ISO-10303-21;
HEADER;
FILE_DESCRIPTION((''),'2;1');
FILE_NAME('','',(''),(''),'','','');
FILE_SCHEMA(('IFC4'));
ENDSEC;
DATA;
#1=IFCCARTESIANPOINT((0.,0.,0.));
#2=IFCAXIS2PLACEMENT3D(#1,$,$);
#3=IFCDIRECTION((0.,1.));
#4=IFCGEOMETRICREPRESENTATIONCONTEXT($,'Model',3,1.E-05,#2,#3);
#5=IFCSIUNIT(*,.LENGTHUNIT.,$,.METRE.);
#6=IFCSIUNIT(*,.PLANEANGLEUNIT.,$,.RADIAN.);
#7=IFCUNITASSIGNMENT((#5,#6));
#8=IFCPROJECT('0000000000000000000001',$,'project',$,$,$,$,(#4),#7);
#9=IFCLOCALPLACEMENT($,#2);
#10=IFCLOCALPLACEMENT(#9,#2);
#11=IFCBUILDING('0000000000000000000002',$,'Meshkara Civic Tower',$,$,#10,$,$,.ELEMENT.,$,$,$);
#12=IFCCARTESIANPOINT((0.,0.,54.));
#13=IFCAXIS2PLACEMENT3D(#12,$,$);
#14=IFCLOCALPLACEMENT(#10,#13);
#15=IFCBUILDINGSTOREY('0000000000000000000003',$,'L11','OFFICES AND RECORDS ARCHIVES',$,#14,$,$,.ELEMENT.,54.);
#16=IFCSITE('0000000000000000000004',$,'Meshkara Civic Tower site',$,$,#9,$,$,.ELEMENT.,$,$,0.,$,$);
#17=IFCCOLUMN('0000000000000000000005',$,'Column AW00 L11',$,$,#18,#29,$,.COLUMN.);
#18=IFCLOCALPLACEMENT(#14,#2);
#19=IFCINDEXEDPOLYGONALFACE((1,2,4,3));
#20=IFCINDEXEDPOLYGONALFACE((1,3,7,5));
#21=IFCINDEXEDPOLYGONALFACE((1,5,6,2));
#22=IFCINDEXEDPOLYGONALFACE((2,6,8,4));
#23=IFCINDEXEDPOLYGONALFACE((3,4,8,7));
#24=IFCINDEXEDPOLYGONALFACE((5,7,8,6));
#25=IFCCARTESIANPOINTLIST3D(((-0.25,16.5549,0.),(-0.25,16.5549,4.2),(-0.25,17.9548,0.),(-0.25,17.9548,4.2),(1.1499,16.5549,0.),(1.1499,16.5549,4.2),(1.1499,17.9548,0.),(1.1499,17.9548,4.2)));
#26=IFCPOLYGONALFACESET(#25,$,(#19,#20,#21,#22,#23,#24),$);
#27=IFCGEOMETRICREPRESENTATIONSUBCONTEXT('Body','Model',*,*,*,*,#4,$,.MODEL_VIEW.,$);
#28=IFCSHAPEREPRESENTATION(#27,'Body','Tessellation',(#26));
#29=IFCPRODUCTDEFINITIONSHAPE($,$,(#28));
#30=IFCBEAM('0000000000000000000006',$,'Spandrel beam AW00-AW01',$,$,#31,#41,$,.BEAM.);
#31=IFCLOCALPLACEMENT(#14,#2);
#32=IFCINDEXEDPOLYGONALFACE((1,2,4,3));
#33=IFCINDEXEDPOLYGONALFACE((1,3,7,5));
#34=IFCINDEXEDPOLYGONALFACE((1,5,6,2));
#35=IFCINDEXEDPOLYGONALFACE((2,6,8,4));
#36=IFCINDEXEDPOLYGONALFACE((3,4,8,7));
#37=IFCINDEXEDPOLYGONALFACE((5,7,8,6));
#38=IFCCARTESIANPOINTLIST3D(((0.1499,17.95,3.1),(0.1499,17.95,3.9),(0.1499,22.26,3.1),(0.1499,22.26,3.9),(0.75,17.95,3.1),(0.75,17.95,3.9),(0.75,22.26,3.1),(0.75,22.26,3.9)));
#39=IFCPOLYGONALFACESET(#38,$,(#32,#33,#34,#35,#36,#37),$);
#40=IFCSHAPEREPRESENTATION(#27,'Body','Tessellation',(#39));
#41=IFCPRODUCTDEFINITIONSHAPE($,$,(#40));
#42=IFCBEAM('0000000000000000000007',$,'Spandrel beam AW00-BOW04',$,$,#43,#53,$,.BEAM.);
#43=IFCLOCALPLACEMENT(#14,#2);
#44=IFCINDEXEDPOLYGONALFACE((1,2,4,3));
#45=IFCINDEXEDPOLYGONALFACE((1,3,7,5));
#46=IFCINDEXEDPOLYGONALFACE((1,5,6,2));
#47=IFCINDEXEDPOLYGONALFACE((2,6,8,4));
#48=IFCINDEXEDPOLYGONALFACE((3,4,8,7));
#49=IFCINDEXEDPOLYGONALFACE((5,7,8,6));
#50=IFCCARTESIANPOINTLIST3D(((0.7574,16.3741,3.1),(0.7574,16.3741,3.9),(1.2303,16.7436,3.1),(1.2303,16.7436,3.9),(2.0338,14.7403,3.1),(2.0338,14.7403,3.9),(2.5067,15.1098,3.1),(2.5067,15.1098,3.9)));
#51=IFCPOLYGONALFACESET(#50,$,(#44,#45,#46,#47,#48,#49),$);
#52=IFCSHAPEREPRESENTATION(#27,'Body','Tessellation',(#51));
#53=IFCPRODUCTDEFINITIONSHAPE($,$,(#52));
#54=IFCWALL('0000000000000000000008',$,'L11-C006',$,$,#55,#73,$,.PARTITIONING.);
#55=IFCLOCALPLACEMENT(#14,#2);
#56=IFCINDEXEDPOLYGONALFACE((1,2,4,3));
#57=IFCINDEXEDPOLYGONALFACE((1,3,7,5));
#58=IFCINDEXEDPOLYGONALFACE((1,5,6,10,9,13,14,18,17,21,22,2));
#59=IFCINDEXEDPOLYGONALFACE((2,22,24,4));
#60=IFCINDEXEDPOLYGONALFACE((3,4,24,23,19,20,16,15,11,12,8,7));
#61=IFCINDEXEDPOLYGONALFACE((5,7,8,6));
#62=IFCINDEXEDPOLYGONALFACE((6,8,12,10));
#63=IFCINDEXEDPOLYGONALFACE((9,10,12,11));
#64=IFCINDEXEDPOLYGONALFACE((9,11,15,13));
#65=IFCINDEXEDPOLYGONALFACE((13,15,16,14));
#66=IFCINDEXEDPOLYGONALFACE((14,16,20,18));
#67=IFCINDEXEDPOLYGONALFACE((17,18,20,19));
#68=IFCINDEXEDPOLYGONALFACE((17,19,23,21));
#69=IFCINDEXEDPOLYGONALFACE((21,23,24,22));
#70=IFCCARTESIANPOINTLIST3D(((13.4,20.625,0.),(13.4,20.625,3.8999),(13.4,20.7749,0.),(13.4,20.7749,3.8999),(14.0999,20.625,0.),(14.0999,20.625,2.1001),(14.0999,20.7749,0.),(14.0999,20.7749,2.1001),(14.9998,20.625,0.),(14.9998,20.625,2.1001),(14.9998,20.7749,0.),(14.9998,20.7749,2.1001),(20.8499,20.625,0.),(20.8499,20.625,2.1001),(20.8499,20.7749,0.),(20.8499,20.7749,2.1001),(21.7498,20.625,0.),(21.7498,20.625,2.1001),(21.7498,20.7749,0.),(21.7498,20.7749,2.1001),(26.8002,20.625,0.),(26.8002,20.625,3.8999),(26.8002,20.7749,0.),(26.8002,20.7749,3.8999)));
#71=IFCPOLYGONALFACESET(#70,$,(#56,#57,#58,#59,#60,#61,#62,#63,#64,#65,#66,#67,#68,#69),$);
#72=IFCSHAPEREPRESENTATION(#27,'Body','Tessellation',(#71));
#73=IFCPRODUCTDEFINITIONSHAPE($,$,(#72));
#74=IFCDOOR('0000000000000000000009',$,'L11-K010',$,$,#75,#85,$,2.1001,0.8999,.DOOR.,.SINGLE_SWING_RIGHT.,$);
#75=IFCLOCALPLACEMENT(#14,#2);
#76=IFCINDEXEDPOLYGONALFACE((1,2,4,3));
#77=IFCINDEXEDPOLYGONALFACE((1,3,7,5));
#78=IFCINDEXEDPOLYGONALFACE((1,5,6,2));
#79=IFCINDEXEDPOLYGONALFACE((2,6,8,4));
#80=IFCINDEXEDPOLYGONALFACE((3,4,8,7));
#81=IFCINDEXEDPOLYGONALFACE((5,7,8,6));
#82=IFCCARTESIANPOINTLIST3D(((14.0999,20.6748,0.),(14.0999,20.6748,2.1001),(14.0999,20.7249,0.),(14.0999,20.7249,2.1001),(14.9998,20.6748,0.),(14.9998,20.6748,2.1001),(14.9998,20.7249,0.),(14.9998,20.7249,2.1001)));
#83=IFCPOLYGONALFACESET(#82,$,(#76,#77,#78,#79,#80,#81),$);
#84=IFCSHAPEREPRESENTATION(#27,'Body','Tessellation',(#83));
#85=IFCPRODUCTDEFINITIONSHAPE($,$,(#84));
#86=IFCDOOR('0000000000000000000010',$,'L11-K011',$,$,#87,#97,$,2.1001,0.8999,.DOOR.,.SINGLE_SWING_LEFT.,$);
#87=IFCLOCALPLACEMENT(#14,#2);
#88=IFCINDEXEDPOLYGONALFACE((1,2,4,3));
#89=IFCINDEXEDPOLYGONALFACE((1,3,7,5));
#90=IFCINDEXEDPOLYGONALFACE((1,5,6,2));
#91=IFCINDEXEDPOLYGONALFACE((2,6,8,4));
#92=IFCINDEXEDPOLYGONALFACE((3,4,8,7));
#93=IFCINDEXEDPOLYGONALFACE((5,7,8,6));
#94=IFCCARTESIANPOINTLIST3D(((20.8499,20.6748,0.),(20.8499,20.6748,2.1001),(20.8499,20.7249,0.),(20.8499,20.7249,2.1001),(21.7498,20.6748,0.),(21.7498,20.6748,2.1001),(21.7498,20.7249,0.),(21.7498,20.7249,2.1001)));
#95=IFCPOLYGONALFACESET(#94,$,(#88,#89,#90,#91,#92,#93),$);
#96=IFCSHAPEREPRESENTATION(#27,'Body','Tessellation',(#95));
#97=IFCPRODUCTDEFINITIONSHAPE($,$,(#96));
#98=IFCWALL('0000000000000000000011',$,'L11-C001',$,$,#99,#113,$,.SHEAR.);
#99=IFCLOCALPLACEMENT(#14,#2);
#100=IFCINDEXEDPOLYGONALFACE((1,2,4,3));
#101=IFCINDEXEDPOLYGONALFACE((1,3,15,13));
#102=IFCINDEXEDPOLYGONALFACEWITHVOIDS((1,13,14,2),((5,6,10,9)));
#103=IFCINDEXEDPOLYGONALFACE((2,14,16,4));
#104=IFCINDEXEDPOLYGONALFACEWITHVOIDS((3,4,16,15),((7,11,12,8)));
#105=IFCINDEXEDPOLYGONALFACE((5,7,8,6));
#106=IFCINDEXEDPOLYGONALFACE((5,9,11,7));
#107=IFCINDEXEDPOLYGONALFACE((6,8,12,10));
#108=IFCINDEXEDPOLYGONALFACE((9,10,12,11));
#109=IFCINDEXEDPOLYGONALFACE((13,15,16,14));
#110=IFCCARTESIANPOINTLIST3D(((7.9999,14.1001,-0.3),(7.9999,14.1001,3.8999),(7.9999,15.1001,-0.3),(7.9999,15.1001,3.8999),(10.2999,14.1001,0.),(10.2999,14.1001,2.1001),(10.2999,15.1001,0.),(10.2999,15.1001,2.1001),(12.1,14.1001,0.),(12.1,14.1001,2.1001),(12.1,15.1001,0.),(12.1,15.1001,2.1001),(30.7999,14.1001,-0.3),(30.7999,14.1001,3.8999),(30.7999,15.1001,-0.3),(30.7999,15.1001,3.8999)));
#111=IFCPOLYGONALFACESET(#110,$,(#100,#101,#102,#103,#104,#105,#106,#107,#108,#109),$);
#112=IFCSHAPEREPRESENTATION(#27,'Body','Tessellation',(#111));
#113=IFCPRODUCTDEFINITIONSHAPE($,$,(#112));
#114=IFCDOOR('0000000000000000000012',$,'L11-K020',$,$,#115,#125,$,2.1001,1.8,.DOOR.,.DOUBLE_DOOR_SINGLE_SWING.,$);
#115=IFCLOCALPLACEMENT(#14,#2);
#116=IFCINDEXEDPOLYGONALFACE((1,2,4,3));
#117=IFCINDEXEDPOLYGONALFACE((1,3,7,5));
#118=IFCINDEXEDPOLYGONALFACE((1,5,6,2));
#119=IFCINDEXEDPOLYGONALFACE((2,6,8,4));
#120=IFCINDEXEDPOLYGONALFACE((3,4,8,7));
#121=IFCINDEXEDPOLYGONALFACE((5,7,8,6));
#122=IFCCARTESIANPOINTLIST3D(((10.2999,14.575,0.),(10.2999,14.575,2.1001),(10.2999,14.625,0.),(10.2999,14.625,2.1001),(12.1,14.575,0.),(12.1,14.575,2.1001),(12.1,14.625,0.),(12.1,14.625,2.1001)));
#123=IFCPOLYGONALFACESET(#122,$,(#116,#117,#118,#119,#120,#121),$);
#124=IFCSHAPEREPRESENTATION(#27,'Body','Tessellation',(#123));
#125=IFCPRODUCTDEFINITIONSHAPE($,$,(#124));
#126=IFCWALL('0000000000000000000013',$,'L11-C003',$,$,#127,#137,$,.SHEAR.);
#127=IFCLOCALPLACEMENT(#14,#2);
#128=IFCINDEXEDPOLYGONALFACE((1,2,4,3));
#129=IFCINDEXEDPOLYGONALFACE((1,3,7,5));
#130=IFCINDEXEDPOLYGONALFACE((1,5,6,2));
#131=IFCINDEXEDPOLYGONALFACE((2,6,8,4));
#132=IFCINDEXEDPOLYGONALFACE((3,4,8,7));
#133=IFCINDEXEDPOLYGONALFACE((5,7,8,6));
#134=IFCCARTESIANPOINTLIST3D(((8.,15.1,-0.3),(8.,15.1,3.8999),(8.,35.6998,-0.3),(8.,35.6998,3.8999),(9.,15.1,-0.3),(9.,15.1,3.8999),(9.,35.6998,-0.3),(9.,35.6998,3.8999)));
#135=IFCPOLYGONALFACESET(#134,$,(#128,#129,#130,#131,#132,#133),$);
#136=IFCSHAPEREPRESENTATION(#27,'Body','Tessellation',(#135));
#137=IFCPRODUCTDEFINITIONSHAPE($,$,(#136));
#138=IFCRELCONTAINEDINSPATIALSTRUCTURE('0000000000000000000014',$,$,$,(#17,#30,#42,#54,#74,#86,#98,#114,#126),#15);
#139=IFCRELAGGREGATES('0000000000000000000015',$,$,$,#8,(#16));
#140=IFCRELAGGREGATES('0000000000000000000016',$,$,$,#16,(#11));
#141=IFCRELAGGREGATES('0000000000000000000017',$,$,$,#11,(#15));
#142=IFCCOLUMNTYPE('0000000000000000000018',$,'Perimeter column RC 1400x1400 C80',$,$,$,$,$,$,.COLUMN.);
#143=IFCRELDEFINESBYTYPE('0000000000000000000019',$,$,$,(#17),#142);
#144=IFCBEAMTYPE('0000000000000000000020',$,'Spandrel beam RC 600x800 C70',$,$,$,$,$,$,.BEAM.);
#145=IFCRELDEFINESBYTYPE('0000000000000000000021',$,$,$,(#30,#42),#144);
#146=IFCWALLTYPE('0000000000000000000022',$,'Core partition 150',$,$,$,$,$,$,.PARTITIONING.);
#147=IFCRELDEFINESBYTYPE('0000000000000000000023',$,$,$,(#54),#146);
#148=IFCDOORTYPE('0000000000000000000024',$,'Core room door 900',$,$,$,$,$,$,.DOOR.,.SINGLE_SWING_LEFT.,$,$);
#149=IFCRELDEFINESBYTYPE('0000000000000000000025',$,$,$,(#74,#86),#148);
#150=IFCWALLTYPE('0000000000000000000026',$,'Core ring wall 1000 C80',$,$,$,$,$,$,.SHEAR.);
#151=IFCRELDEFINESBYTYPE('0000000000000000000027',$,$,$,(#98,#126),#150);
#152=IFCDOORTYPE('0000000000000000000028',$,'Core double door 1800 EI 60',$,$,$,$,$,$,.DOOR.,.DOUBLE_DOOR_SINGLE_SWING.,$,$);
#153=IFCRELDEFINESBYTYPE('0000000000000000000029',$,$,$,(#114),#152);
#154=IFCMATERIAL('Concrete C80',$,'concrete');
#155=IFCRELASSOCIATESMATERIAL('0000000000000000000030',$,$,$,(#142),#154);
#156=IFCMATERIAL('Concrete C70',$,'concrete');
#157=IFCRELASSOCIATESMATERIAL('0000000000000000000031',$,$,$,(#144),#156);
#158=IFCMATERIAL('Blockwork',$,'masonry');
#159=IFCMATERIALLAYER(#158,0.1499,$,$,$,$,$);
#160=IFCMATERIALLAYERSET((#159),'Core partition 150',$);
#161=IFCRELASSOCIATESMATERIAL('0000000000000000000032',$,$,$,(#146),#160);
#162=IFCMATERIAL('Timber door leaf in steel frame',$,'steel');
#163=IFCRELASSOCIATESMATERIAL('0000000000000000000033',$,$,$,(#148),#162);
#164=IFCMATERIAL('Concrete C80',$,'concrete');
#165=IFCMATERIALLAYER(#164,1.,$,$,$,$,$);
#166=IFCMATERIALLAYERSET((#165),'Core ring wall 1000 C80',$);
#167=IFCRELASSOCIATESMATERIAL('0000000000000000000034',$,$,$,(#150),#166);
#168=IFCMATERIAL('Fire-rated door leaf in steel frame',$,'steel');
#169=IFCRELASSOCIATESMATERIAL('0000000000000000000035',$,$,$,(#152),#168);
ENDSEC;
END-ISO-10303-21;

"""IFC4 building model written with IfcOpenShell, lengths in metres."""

from ifc_helpers import new_model, si_unit, direction, frame, frame_2d, origin, origin_2d, place, context, subcontext, project, spatial, rectangle, extrude, material, layer, layer_set, material_profile, profile_set, type_object, element, fill, save


model = new_model("IFC4")

# Units and contexts
model_context = context("Model", 3, precision=1e-05, world=origin(), true_north=direction((0.0, 1.0)))
body_context = subcontext(model_context, "Body", "Model", "MODEL_VIEW")
ifc_project = project(units=[si_unit("LENGTHUNIT", "METRE"), si_unit("PLANEANGLEUNIT", "RADIAN")], contexts=[model_context])

# Site, building, storey
site_placement = place(None, origin())
site = spatial("IfcSite", under=ifc_project, at=site_placement, Name="Meshkara Civic Tower site", CompositionType="ELEMENT", RefElevation=0.0)
building_placement = place(site_placement, origin())
building = spatial("IfcBuilding", under=site, at=building_placement, Name="Meshkara Civic Tower", CompositionType="ELEMENT")
storey_placement = place(building_placement, frame((0.0, 0.0, 54.0)))
storey = spatial("IfcBuildingStorey", under=building, at=storey_placement, Name="L11", Description="OFFICES AND RECORDS ARCHIVES", CompositionType="ELEMENT", Elevation=54.0)

# Column
ifc_material_1 = material(Name="Concrete C80", Category="concrete")
ifc_material_profile_1 = material_profile(ifc_material_1, rectangle(XDim=1.3999, YDim=1.3999, at=origin_2d()))
ifc_profile_set_1 = profile_set([ifc_material_profile_1], Name="Concrete C80")
column_type = type_object("IfcColumnType", Name="Perimeter column RC 1400x1400 C80", PredefinedType="COLUMN", material=ifc_profile_set_1)
column_placement = place(storey_placement, frame((0.45, 17.2549, 0.0), z_axis=(0.0, 0.0, 1.0), x_axis=(1.0, 0.0, 0.0)))
element("IfcColumn", 1, at=column_placement, inside=storey, type_object=column_type, Name="Column AW00 L11", PredefinedType="COLUMN", context=body_context, shape_type="SweptSolid", body=[
    extrude(rectangle(XDim=1.3999, YDim=1.3999, at=origin_2d()), origin(), (0.0, 0.0, 1.0), 4.2),
])

# Beams
ifc_material_2 = material(Name="Concrete C70", Category="concrete")
ifc_material_profile_2 = material_profile(ifc_material_2, rectangle(XDim=0.6001, YDim=0.8, at=origin_2d()))
ifc_profile_set_2 = profile_set([ifc_material_profile_2], Name="Concrete C70")
beam_type = type_object("IfcBeamType", Name="Spandrel beam RC 600x800 C70", PredefinedType="BEAM", material=ifc_profile_set_2)
beam_1_placement = place(storey_placement, frame((0.45, 22.26, 3.5), z_axis=(0.0, -1.0, 0.0), x_axis=(1.0, 0.0, 0.0)))
element("IfcBeam", 2, at=beam_1_placement, inside=storey, type_object=beam_type, Name="Spandrel beam AW00-AW01", PredefinedType="BEAM", context=body_context, shape_type="SweptSolid", body=[
    extrude(rectangle(XDim=0.6001, YDim=0.8, at=origin_2d()), origin(), (0.0, 0.0, 1.0), 4.3101),
])
beam_2_placement = place(storey_placement, frame((0.9939, 16.5588, 3.5), z_axis=(0.615635, -0.788032, 0.0), x_axis=(0.788032, 0.615635, 0.0)))
element("IfcBeam", 3, at=beam_2_placement, inside=storey, type_object=beam_type, Name="Spandrel beam AW00-BOW04", PredefinedType="BEAM", context=body_context, shape_type="SweptSolid", body=[
    extrude(rectangle(XDim=0.6001, YDim=0.8, at=origin_2d()), origin(), (0.0, 0.0, 1.0), 2.0732),
])

# Wall, openings, doors
ifc_material_3 = material(Name="Blockwork", Category="masonry")
ifc_layer_1 = layer(ifc_material_3, 0.1499)
ifc_layer_set_1 = layer_set([ifc_layer_1], Name="Core partition 150")
wall_type_1 = type_object("IfcWallType", Name="Core partition 150", PredefinedType="PARTITIONING", material=ifc_layer_set_1)
wall_1_placement = place(storey_placement, frame((13.3999, 20.7, 0.0), z_axis=(0.0, 0.0, 1.0), x_axis=(1.0, 0.0, 0.0)))
wall_1 = element("IfcWall", 4, at=wall_1_placement, inside=storey, type_object=wall_type_1, Name="L11-C006", PredefinedType="PARTITIONING", context=body_context, shape_type="SweptSolid", body=[
    extrude(rectangle(XDim=13.4001, YDim=0.1499, at=frame_2d((6.7002, 0.0))), origin(), (0.0, 0.0, 1.0), 3.8999),
])
opening_1_placement = place(wall_1_placement, frame((0.7, 0.0, 0.0)))
opening_1 = element("IfcOpeningElement", 5, at=opening_1_placement, cuts=wall_1, PredefinedType="OPENING", context=body_context, shape_type="SweptSolid", body=[
    extrude(rectangle(XDim=0.8999, YDim=2.1001, at=frame_2d((0.45, 1.05))), frame((0.0, 0.085, 0.0), z_axis=(0.0, -1.0, 0.0), x_axis=(1.0, 0.0, 0.0)), (0.0, 0.0, 1.0), 0.1699),
])
opening_2_placement = place(wall_1_placement, frame((7.45, 0.0, 0.0)))
opening_2 = element("IfcOpeningElement", 6, at=opening_2_placement, cuts=wall_1, PredefinedType="OPENING", context=body_context, shape_type="SweptSolid", body=[
    extrude(rectangle(XDim=0.8999, YDim=2.1001, at=frame_2d((0.45, 1.05))), frame((0.0, 0.085, 0.0), z_axis=(0.0, -1.0, 0.0), x_axis=(1.0, 0.0, 0.0)), (0.0, 0.0, 1.0), 0.1699),
])
ifc_material_4 = material(Name="Timber door leaf in steel frame", Category="steel")
door_type_1 = type_object("IfcDoorType", Name="Core room door 900", OperationType="SINGLE_SWING_LEFT", PredefinedType="DOOR", material=ifc_material_4)
door_1_placement = place(opening_1_placement, origin())
door_1 = element("IfcDoor", 7, at=door_1_placement, inside=storey, type_object=door_type_1, Name="L11-K010", OperationType="SINGLE_SWING_RIGHT", OverallHeight=2.1001, OverallWidth=0.8999, PredefinedType="DOOR", context=body_context, shape_type="SweptSolid", body=[
    extrude(rectangle(XDim=0.8999, YDim=2.1001, at=frame_2d((0.45, 1.05))), frame((0.0, 0.0249, 0.0), z_axis=(0.0, -1.0, 0.0), x_axis=(1.0, 0.0, 0.0)), (0.0, 0.0, 1.0), 0.05),
])
fill(opening_1, door_1)
door_2_placement = place(opening_2_placement, origin())
door_2 = element("IfcDoor", 8, at=door_2_placement, inside=storey, type_object=door_type_1, Name="L11-K011", OperationType="SINGLE_SWING_LEFT", OverallHeight=2.1001, OverallWidth=0.8999, PredefinedType="DOOR", context=body_context, shape_type="SweptSolid", body=[
    extrude(rectangle(XDim=0.8999, YDim=2.1001, at=frame_2d((0.45, 1.05))), frame((0.0, 0.0249, 0.0), z_axis=(0.0, -1.0, 0.0), x_axis=(1.0, 0.0, 0.0)), (0.0, 0.0, 1.0), 0.05),
])
fill(opening_2, door_2)

# Wall, opening, door
ifc_material_5 = material(Name="Concrete C80", Category="concrete")
ifc_layer_2 = layer(ifc_material_5, 1.0)
ifc_layer_set_2 = layer_set([ifc_layer_2], Name="Core ring wall 1000 C80")
wall_type_2 = type_object("IfcWallType", Name="Core ring wall 1000 C80", PredefinedType="SHEAR", material=ifc_layer_set_2)
wall_2_placement = place(storey_placement, frame((8.0, 14.6001, -0.3), z_axis=(0.0, 0.0, 1.0), x_axis=(1.0, 0.0, 0.0)))
wall_2 = element("IfcWall", 9, at=wall_2_placement, inside=storey, type_object=wall_type_2, Name="L11-C001", PredefinedType="SHEAR", context=body_context, shape_type="SweptSolid", body=[
    extrude(rectangle(XDim=22.8, YDim=1.0, at=frame_2d((11.3999, 0.0))), origin(), (0.0, 0.0, 1.0), 4.2),
])
opening_3_placement = place(wall_2_placement, frame((2.3, 0.0, 0.3)))
opening_3 = element("IfcOpeningElement", 10, at=opening_3_placement, cuts=wall_2, PredefinedType="OPENING", context=body_context, shape_type="SweptSolid", body=[
    extrude(rectangle(XDim=1.8, YDim=2.1001, at=frame_2d((0.8999, 1.05))), frame((0.0, 0.51, 0.0), z_axis=(0.0, -1.0, 0.0), x_axis=(1.0, 0.0, 0.0)), (0.0, 0.0, 1.0), 1.02),
])
ifc_material_6 = material(Name="Fire-rated door leaf in steel frame", Category="steel")
door_type_2 = type_object("IfcDoorType", Name="Core double door 1800 EI 60", OperationType="DOUBLE_DOOR_SINGLE_SWING", PredefinedType="DOOR", material=ifc_material_6)
door_3_placement = place(opening_3_placement, origin())
door_3 = element("IfcDoor", 11, at=door_3_placement, inside=storey, type_object=door_type_2, Name="L11-K020", OperationType="DOUBLE_DOOR_SINGLE_SWING", OverallHeight=2.1001, OverallWidth=1.8, PredefinedType="DOOR", context=body_context, shape_type="SweptSolid", body=[
    extrude(rectangle(XDim=1.8, YDim=2.1001, at=frame_2d((0.8999, 1.05))), frame((0.0, 0.0249, 0.0), z_axis=(0.0, -1.0, 0.0), x_axis=(1.0, 0.0, 0.0)), (0.0, 0.0, 1.0), 0.05),
])
fill(opening_3, door_3)

# Wall
wall_3_placement = place(storey_placement, frame((8.5, 15.1001, -0.3), z_axis=(0.0, 0.0, 1.0), x_axis=(0.0, 1.0, 0.0)))
element("IfcWall", 12, at=wall_3_placement, inside=storey, type_object=wall_type_2, Name="L11-C003", PredefinedType="SHEAR", context=body_context, shape_type="SweptSolid", body=[
    extrude(rectangle(XDim=20.5999, YDim=1.0, at=frame_2d((10.2998, 0.0))), origin(), (0.0, 0.0, 1.0), 4.2),
])

save(model, "model.ifc")
